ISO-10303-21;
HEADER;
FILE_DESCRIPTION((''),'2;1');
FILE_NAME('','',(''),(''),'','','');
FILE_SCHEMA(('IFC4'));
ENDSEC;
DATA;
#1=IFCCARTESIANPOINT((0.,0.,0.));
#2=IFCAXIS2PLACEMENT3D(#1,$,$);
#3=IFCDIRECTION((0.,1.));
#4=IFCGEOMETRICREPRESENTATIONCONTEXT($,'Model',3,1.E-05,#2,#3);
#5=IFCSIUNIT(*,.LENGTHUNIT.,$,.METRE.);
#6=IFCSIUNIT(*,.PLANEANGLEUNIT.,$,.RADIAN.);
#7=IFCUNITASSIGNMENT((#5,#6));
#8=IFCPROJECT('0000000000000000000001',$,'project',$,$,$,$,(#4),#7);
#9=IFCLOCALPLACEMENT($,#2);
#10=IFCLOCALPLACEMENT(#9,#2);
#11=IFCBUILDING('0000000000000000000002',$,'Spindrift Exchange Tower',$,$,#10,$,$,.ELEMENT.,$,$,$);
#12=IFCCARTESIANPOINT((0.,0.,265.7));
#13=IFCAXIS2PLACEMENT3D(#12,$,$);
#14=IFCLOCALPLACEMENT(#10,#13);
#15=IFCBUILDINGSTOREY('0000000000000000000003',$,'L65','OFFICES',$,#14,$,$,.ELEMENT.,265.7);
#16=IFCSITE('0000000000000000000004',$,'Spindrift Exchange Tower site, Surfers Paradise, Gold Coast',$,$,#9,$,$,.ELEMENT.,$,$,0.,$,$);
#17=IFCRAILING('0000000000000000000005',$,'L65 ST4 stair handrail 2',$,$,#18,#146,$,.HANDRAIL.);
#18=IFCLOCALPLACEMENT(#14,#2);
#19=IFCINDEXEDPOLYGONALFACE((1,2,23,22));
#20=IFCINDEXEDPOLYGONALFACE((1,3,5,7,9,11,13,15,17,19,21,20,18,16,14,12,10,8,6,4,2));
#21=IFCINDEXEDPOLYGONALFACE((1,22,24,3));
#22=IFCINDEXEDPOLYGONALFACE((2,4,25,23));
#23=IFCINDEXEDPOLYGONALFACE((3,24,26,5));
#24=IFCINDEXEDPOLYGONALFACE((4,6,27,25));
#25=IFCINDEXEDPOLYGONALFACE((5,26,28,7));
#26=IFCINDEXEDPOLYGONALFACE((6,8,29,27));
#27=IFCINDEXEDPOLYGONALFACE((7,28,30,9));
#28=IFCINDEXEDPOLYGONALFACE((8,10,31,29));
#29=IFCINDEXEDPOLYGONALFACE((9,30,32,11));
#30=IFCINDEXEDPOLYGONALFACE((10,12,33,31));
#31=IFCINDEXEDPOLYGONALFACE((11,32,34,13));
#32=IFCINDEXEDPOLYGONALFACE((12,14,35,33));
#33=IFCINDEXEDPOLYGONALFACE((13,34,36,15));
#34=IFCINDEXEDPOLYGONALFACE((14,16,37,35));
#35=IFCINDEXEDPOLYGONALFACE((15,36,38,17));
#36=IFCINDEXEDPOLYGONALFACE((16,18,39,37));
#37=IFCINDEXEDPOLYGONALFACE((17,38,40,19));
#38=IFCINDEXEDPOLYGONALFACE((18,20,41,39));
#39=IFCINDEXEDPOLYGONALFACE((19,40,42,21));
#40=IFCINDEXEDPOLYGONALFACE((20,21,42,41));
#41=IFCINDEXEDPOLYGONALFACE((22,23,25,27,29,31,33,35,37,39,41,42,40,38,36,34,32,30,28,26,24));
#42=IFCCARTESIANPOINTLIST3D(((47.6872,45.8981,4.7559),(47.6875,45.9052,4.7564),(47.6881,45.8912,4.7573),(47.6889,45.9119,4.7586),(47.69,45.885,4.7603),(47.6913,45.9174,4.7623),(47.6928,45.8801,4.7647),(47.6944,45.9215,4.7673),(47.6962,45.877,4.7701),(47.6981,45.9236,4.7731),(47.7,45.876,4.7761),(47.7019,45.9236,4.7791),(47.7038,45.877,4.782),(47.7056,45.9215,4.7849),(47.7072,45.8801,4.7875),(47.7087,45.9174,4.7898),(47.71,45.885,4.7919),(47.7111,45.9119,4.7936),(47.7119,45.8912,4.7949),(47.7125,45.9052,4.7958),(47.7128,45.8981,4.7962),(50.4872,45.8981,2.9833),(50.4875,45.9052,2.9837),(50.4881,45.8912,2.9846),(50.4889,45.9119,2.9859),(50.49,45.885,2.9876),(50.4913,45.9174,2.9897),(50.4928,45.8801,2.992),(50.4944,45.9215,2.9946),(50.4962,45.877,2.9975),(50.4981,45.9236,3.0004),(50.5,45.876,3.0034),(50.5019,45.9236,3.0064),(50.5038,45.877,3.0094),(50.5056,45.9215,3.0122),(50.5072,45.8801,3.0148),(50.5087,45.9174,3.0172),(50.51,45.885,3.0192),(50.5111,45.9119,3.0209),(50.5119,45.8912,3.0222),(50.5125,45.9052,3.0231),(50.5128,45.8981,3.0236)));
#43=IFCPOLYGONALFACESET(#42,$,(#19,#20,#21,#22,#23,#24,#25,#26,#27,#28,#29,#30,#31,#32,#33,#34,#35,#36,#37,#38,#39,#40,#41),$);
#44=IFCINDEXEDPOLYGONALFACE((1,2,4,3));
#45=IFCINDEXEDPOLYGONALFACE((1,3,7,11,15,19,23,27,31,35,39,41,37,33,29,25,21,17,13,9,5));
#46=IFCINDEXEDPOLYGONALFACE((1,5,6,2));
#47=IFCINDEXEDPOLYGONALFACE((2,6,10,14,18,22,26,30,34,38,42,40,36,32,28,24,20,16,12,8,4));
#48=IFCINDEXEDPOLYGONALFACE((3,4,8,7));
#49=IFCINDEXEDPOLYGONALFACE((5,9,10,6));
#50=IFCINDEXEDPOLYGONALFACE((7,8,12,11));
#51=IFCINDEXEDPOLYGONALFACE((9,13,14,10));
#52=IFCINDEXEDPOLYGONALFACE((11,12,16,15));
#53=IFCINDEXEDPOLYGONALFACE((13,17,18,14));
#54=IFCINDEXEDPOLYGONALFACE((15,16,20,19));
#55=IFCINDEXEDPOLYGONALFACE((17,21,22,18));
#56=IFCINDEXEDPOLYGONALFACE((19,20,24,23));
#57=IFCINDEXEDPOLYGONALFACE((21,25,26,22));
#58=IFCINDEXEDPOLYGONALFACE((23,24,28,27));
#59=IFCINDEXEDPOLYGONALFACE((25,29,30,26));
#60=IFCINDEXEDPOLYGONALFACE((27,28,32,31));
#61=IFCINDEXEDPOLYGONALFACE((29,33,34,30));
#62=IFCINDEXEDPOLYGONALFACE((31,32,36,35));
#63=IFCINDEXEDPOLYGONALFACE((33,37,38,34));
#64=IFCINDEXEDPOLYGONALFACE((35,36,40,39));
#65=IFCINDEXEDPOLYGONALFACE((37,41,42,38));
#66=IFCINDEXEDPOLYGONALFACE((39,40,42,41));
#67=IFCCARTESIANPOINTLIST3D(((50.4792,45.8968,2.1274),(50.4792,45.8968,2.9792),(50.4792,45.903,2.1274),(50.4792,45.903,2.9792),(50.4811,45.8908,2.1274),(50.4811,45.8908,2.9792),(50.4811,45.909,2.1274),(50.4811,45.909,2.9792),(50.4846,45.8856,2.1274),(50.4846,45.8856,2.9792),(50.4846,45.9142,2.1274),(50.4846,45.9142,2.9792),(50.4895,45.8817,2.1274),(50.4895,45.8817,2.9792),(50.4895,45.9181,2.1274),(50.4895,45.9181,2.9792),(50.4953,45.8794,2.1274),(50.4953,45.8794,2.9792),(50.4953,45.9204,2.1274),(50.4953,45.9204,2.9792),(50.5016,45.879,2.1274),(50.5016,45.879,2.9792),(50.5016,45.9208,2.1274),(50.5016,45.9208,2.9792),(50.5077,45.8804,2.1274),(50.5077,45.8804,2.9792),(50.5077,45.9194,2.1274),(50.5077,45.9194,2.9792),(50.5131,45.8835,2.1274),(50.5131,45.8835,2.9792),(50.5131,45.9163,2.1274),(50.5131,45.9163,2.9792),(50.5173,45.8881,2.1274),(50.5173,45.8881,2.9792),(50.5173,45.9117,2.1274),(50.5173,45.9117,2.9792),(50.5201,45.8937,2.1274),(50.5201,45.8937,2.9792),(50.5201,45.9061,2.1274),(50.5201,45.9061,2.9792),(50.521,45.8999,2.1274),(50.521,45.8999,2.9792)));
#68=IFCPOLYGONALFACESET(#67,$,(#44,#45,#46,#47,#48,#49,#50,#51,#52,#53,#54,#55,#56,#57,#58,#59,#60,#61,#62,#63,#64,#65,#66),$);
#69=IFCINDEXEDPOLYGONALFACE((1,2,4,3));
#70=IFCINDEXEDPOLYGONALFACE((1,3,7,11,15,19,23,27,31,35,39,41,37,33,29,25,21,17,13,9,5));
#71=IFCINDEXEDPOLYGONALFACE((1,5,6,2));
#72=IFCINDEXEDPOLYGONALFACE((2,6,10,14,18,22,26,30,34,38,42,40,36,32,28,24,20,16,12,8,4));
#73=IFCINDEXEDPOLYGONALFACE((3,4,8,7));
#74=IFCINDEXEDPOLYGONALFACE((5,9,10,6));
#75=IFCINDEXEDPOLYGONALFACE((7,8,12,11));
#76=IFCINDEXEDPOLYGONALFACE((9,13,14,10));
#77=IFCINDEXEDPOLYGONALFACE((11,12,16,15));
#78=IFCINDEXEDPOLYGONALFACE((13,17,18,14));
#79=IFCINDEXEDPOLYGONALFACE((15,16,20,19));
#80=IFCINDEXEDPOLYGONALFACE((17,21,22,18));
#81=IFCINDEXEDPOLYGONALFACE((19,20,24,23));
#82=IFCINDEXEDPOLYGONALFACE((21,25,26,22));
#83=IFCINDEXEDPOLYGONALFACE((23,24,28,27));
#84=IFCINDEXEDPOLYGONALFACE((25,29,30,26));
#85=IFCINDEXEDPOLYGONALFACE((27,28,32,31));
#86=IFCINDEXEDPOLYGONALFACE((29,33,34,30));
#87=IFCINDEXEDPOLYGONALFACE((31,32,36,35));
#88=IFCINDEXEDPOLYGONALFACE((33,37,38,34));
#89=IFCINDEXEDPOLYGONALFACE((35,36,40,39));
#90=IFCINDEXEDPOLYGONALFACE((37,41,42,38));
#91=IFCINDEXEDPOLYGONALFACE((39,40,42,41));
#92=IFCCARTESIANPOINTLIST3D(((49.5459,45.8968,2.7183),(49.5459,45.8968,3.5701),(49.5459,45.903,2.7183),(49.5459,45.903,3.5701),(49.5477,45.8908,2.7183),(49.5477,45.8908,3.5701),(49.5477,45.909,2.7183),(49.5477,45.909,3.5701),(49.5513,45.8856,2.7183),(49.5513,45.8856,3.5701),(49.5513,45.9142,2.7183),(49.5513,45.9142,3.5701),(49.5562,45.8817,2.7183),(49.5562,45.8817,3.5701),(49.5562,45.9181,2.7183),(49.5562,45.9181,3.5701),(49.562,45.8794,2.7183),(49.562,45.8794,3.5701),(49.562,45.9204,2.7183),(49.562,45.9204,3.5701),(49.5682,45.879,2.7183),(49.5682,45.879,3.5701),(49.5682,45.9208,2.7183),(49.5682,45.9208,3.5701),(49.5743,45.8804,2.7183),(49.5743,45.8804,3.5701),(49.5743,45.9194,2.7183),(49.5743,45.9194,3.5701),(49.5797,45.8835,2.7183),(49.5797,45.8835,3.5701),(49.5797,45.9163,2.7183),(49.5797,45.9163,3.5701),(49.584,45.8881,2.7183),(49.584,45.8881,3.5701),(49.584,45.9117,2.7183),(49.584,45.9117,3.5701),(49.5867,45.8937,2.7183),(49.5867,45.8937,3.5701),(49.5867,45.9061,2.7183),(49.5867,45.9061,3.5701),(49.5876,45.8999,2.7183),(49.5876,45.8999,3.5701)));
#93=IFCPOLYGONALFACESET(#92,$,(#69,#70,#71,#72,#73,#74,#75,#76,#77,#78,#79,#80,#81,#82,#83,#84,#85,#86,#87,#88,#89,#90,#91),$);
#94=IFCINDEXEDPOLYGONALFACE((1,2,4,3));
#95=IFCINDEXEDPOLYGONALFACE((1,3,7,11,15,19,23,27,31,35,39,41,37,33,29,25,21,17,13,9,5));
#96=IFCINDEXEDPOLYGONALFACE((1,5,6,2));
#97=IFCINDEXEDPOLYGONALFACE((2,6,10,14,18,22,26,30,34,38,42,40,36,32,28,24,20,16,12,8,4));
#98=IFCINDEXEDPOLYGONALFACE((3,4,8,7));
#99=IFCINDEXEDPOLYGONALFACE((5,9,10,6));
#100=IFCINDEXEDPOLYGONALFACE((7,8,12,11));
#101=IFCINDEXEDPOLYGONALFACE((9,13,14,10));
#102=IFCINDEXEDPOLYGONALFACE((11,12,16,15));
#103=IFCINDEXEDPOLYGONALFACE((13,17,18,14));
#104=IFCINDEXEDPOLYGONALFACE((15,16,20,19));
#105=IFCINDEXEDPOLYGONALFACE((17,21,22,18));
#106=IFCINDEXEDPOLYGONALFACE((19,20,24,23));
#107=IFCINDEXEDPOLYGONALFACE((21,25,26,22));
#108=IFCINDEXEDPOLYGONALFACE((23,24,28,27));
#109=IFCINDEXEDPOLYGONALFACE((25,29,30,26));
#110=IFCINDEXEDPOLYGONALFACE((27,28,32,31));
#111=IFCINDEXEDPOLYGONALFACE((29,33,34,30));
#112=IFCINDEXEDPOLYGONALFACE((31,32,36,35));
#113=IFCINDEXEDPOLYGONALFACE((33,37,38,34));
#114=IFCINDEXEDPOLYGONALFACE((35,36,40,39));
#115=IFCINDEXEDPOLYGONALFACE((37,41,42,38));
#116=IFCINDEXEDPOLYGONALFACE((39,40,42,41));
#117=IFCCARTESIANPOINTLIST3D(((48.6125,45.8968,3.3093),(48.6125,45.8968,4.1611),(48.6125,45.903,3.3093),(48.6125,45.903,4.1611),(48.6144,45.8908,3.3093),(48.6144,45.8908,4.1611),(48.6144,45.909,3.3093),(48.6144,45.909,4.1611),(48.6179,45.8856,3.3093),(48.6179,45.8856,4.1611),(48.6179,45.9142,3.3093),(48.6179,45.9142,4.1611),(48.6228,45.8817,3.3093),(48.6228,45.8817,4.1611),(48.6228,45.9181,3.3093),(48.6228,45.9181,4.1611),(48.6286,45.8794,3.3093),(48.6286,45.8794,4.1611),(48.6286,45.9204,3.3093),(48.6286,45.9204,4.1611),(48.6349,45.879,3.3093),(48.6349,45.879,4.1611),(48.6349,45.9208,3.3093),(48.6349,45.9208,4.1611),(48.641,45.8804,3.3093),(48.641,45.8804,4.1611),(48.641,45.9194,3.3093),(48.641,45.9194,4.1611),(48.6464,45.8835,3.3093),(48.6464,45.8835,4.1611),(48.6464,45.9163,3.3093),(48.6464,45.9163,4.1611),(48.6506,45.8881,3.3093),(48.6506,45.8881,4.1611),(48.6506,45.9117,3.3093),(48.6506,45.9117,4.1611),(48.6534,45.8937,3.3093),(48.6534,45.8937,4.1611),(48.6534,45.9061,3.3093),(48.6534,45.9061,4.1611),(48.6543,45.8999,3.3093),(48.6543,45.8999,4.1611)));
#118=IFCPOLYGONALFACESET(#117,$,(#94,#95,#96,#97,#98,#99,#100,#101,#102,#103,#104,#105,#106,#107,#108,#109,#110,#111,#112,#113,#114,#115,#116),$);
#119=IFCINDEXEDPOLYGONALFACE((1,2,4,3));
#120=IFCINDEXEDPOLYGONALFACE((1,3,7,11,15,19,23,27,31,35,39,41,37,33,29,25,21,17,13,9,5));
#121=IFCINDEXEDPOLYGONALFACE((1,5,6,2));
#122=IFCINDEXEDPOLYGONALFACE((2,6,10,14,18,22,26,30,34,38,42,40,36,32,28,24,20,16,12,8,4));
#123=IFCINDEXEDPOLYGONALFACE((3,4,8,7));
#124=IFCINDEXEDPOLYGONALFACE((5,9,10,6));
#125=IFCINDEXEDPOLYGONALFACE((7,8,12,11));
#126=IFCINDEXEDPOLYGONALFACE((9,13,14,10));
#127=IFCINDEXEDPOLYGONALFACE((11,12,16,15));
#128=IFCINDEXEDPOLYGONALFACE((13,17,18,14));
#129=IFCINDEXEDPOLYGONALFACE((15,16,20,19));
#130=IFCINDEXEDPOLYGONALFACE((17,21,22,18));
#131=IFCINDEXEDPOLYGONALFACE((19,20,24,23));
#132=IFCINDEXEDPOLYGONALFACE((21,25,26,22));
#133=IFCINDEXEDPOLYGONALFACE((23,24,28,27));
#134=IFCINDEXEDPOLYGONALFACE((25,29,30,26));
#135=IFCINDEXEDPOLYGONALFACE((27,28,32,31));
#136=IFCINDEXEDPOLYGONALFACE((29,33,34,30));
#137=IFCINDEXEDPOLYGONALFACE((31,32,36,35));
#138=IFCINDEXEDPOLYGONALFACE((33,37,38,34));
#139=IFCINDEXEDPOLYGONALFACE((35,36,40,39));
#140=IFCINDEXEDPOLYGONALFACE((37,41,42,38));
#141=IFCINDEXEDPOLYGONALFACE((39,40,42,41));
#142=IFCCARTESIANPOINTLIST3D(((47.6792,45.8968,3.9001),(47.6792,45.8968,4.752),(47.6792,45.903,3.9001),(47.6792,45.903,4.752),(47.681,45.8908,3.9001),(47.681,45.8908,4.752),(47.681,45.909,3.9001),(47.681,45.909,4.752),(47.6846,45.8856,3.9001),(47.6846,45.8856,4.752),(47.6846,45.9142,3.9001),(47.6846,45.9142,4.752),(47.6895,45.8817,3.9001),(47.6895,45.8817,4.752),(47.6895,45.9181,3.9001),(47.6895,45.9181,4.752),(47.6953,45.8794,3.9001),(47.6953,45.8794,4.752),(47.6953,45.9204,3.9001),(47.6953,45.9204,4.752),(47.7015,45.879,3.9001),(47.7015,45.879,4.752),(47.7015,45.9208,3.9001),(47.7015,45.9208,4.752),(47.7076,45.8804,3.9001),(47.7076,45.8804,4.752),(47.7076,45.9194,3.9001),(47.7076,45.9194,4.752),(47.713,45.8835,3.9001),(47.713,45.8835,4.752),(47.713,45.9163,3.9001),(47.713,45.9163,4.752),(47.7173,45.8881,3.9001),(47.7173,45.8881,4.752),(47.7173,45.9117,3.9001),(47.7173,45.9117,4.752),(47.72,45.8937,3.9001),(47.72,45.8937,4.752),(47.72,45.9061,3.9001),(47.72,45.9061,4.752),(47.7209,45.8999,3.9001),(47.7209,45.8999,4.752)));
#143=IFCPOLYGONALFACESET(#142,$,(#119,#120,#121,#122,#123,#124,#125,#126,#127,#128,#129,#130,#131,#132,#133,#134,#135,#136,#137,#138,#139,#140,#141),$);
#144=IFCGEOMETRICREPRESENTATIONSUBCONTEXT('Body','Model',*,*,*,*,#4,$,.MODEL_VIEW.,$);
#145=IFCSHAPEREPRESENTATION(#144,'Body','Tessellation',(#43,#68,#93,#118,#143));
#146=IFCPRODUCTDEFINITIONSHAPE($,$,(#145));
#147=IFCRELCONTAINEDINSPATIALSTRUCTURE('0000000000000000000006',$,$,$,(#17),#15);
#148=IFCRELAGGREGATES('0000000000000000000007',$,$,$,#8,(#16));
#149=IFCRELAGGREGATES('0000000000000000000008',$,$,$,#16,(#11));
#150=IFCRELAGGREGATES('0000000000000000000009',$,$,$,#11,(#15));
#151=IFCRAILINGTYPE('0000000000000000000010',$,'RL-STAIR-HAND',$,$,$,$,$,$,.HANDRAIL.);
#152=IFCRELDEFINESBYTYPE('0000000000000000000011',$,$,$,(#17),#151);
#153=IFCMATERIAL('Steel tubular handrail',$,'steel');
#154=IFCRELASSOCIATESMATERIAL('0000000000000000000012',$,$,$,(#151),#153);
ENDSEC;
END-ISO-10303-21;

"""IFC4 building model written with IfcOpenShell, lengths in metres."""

from ifc_helpers import new_model, si_unit, direction, frame, origin, origin_2d, place, context, subcontext, project, spatial, circle, extrude, material, type_object, element, save


model = new_model("IFC4")

# Units and contexts
model_context = context("Model", 3, precision=1e-05, world=origin(), true_north=direction((0.0, 1.0)))
body_context = subcontext(model_context, "Body", "Model", "MODEL_VIEW")
ifc_project = project(units=[si_unit("LENGTHUNIT", "METRE"), si_unit("PLANEANGLEUNIT", "RADIAN")], contexts=[model_context])

# Site, building, storey
site_placement = place(None, origin())
site = spatial("IfcSite", under=ifc_project, at=site_placement, Name="Spindrift Exchange Tower site, Surfers Paradise, Gold Coast", CompositionType="ELEMENT", RefElevation=0.0)
building_placement = place(site_placement, origin())
building = spatial("IfcBuilding", under=site, at=building_placement, Name="Spindrift Exchange Tower", CompositionType="ELEMENT")
storey_placement = place(building_placement, frame((0.0, 0.0, 265.7)))
storey = spatial("IfcBuildingStorey", under=building, at=storey_placement, Name="L65", Description="OFFICES", CompositionType="ELEMENT", Elevation=265.7)

# Railing
ifc_material_1 = material(Name="Steel tubular handrail", Category="steel")
railing_type_1 = type_object("IfcRailingType", Name="RL-STAIR-HAND", PredefinedType="HANDRAIL", material=ifc_material_1)
railing_1_placement = place(storey_placement, frame((50.5, 45.8999, 2.1274)))
element("IfcRailing", 1, at=railing_1_placement, inside=storey, type_object=railing_type_1, Name="L65 ST4 stair handrail 2", PredefinedType="HANDRAIL", context=body_context, shape_type="SweptSolid", body=[
    extrude(circle(Radius=0.0239, at=origin_2d()), frame((0.0, 0.0, 0.876), z_axis=(-0.844909, 0.0, 0.53491), x_axis=(0.0, -1.0, 0.0)), (0.0, 0.0, 1.0), 3.314),
    extrude(circle(Radius=0.021, at=origin_2d()), origin(), (0.0, 0.0, 1.0), 0.8518),
    extrude(circle(Radius=0.021, at=origin_2d()), frame((-0.9333, 0.0, 0.5908)), (0.0, 0.0, 1.0), 0.8518),
    extrude(circle(Radius=0.021, at=origin_2d()), frame((-1.8667, 0.0, 1.1819)), (0.0, 0.0, 1.0), 0.8518),
    extrude(circle(Radius=0.021, at=origin_2d()), frame((-2.8, 0.0, 1.7727)), (0.0, 0.0, 1.0), 0.8518),
])

save(model, "model.ifc")
